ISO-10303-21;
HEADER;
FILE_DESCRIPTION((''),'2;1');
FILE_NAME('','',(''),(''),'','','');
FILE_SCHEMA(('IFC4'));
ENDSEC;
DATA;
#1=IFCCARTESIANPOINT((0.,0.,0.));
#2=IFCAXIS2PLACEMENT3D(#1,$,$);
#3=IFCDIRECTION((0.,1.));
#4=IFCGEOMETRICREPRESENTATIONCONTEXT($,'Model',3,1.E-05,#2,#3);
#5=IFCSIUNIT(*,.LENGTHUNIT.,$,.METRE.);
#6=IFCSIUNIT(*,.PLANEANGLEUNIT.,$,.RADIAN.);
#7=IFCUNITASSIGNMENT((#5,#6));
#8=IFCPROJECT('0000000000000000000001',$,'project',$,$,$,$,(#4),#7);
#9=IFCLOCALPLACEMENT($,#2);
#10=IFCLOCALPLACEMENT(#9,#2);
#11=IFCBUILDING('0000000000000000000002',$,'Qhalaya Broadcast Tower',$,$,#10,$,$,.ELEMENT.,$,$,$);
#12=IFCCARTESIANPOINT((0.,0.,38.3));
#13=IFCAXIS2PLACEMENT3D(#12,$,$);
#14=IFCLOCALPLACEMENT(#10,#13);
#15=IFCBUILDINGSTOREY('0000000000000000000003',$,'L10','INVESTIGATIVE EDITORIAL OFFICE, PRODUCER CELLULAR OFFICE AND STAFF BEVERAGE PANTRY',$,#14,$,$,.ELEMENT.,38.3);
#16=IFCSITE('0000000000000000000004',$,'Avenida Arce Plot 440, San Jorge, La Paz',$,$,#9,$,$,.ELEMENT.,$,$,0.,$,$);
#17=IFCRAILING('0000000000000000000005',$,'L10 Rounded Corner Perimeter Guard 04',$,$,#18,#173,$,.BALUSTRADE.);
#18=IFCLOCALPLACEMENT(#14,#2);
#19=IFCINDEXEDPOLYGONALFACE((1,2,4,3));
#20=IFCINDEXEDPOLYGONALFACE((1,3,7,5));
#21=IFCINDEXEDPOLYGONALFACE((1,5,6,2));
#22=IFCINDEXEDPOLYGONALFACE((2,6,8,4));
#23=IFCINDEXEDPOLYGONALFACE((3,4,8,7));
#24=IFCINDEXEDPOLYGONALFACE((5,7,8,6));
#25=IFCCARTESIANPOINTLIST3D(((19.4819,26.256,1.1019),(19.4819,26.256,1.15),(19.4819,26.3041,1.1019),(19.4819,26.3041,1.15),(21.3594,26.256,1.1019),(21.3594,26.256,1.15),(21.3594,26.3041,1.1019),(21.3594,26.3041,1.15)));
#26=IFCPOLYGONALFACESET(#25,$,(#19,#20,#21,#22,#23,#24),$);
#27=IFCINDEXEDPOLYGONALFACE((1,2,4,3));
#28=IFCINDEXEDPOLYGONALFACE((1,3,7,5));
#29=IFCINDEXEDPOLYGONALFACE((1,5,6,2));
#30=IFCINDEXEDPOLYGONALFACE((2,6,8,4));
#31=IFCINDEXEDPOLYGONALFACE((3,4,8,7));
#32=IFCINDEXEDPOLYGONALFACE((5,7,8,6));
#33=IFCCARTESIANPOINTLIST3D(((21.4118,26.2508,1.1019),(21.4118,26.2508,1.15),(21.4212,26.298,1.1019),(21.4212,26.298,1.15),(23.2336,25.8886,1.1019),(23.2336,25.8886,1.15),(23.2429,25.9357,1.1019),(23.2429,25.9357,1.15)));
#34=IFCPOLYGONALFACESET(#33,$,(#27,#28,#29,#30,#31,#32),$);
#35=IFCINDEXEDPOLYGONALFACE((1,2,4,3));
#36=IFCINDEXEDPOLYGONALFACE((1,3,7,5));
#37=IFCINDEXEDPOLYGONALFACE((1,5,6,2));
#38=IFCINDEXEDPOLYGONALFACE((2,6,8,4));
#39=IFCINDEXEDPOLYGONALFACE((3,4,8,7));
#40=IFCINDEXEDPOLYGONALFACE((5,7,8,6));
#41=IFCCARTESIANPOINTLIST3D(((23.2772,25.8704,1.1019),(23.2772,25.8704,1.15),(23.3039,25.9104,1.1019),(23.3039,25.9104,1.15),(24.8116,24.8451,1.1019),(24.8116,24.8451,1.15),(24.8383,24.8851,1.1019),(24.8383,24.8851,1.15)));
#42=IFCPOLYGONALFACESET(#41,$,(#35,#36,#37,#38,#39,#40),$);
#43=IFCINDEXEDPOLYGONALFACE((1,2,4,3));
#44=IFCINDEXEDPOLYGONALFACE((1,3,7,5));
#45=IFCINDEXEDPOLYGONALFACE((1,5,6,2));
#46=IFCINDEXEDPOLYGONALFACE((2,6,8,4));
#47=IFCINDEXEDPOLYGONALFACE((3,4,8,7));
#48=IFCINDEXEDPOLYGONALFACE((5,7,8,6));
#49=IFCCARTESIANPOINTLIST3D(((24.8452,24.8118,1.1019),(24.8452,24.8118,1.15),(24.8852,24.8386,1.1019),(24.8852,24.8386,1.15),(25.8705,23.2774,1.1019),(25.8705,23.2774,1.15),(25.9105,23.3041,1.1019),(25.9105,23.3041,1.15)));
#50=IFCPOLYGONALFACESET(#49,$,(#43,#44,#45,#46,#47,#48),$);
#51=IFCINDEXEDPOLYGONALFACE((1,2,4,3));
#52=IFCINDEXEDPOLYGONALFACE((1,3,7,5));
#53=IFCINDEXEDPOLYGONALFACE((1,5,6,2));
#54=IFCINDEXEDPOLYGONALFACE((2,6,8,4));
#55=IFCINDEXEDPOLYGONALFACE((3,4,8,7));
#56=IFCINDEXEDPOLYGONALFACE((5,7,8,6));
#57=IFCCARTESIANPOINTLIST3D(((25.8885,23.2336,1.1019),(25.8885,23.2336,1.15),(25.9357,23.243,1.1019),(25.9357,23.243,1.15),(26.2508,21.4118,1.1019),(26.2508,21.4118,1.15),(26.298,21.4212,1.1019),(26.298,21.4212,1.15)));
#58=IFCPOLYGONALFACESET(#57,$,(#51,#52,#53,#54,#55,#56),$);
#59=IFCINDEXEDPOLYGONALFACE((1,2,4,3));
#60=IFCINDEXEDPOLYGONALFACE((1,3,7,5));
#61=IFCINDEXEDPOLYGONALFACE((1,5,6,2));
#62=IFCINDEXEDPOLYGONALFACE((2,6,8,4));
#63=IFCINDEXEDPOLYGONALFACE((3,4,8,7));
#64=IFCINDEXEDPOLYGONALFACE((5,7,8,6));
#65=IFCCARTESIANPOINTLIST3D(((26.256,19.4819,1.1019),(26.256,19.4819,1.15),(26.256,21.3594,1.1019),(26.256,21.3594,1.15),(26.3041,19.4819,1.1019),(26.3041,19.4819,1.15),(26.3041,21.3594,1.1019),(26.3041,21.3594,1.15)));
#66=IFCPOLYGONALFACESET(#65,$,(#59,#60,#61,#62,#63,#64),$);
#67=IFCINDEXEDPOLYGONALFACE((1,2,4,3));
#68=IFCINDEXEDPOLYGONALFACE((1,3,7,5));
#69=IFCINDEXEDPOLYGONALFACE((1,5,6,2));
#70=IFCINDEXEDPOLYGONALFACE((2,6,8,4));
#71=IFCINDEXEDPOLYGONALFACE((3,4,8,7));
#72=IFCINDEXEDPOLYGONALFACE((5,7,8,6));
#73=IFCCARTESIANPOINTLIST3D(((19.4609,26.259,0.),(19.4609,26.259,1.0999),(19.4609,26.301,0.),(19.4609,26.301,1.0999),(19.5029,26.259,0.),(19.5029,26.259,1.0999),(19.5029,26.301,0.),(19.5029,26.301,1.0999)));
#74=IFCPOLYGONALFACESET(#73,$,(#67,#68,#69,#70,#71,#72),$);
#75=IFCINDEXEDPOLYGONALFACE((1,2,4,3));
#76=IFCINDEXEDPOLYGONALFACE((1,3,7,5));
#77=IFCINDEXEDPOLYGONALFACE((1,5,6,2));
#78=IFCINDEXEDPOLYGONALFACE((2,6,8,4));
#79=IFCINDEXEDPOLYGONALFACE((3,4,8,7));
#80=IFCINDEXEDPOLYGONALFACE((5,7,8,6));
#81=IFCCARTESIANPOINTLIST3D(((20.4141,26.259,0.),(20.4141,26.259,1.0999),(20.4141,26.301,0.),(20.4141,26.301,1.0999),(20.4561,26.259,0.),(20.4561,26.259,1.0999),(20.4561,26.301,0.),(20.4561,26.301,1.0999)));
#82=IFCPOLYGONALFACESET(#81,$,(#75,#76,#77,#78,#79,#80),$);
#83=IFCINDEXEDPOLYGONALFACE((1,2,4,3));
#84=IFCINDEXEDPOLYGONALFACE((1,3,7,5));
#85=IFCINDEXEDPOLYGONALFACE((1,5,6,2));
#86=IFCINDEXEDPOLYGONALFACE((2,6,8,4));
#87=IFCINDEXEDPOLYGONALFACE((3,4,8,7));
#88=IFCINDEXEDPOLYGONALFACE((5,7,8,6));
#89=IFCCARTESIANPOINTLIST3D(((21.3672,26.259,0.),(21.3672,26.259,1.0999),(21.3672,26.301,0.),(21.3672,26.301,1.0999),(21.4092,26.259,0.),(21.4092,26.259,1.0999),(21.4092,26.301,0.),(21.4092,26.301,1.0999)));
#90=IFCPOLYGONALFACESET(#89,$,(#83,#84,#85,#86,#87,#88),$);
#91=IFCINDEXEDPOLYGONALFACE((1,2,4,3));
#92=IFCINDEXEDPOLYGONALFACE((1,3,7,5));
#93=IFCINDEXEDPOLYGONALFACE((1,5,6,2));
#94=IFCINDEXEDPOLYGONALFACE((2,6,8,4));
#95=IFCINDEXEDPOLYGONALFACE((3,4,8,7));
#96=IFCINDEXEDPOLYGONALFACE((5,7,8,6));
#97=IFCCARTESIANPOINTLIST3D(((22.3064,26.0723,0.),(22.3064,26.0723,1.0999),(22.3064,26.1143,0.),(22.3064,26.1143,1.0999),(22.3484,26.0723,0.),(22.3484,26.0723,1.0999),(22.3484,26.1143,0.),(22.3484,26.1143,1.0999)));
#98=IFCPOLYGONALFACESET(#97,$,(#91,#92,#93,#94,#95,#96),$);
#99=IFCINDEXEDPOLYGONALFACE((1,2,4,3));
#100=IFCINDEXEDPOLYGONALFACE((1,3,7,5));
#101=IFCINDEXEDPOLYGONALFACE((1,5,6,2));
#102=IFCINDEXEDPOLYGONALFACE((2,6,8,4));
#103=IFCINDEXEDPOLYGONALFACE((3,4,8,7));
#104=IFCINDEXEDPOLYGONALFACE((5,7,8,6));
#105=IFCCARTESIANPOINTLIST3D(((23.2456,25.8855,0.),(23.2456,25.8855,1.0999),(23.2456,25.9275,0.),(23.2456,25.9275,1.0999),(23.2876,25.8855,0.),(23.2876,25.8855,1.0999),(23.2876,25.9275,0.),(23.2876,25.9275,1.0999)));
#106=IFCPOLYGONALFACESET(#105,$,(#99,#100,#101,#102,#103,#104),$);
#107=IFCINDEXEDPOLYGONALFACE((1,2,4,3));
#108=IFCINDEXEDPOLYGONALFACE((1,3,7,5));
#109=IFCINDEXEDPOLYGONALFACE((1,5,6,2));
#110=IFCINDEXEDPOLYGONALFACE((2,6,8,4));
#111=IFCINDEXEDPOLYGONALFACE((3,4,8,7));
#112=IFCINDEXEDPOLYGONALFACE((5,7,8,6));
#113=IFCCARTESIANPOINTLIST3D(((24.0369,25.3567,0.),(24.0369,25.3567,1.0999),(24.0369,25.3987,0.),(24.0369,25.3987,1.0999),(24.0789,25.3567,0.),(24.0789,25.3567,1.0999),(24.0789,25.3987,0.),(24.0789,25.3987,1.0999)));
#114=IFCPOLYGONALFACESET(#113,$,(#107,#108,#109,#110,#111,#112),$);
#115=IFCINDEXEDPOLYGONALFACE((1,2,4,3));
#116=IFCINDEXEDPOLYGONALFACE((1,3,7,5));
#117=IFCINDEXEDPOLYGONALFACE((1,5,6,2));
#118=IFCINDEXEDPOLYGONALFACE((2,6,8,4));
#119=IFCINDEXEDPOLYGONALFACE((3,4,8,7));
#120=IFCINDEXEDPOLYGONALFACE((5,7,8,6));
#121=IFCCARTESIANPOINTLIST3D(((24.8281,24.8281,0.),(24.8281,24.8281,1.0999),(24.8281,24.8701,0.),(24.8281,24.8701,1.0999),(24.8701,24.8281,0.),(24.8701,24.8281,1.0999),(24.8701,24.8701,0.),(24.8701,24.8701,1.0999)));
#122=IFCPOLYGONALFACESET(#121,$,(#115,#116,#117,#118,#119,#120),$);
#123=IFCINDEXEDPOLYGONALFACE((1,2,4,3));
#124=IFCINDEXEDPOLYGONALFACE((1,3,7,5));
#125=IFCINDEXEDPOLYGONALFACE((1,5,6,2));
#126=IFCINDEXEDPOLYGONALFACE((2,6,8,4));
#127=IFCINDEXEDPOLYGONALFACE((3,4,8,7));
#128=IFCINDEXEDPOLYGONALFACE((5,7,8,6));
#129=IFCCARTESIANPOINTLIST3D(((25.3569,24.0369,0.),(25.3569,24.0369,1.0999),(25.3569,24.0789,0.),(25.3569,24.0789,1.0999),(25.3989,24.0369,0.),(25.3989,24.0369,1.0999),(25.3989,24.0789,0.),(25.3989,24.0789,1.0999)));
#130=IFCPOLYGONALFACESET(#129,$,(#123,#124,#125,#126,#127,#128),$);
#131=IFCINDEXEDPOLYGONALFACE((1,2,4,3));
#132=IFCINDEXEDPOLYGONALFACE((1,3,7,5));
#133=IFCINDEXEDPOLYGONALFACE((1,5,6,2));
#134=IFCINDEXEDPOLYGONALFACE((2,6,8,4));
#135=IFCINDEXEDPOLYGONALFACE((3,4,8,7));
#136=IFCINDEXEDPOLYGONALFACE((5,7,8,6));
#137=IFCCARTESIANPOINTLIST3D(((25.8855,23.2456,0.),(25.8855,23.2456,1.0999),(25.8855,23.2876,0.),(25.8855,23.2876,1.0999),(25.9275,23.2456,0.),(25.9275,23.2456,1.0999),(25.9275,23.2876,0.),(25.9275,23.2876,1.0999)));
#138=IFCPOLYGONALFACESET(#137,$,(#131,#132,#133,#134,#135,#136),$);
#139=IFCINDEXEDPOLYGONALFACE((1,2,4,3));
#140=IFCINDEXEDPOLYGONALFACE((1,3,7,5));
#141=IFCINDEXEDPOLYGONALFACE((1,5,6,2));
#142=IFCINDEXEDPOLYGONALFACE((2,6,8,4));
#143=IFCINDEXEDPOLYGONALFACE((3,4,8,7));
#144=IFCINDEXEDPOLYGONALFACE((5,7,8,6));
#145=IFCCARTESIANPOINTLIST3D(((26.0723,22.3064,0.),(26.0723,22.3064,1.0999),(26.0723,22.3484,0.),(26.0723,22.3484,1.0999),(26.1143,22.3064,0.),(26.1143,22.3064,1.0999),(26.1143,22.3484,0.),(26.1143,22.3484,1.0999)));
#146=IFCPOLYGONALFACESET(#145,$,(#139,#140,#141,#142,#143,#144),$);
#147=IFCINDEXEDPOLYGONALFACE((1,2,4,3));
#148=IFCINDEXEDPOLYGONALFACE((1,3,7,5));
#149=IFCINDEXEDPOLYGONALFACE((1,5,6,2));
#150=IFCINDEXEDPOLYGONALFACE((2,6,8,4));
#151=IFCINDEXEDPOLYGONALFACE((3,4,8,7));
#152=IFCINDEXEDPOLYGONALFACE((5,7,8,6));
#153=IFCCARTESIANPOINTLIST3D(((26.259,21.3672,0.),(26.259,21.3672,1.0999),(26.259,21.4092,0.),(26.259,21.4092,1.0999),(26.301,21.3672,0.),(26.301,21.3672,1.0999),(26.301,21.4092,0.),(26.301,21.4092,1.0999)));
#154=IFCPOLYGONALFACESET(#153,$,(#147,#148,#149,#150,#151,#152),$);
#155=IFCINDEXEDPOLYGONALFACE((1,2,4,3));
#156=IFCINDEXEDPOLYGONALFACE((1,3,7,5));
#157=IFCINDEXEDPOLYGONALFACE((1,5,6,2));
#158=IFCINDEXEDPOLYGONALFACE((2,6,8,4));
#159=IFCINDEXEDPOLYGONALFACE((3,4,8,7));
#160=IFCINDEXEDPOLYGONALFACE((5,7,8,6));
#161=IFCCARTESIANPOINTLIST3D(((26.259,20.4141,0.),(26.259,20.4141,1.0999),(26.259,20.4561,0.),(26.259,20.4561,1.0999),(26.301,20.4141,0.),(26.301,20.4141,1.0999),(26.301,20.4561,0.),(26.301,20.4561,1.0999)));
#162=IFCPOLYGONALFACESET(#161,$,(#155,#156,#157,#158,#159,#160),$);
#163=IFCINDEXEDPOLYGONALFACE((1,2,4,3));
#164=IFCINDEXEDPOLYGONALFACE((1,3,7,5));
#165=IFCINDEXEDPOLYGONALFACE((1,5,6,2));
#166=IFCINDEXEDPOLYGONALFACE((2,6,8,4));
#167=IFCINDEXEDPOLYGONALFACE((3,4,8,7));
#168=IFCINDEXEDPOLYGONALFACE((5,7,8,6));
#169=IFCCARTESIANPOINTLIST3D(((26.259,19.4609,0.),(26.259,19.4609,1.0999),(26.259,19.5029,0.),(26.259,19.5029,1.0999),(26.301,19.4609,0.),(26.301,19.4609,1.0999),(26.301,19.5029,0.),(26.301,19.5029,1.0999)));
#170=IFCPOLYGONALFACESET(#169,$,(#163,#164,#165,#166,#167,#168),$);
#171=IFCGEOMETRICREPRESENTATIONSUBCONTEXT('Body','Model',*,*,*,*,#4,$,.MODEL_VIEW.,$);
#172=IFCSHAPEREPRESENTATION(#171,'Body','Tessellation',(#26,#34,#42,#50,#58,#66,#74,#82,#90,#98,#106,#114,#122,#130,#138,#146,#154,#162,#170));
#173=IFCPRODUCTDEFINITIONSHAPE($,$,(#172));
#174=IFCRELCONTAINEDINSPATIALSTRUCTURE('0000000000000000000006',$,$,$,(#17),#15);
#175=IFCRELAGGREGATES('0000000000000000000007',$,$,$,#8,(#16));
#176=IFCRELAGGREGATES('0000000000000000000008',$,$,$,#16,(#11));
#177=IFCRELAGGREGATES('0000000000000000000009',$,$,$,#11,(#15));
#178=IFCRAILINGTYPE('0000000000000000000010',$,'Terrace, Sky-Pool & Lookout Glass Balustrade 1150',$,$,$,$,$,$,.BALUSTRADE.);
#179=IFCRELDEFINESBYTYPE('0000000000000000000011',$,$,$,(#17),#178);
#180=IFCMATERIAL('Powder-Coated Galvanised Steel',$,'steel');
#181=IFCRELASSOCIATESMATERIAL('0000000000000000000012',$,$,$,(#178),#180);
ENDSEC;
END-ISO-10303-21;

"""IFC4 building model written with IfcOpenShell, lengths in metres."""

from ifc_helpers import new_model, si_unit, direction, frame, origin, origin_2d, place, context, subcontext, project, spatial, rectangle, extrude, material, type_object, element, save


model = new_model("IFC4")

# Units and contexts
model_context = context("Model", 3, precision=1e-05, world=origin(), true_north=direction((0.0, 1.0)))
body_context = subcontext(model_context, "Body", "Model", "MODEL_VIEW")
ifc_project = project(units=[si_unit("LENGTHUNIT", "METRE"), si_unit("PLANEANGLEUNIT", "RADIAN")], contexts=[model_context])

# Site, building, storey
site_placement = place(None, origin())
site = spatial("IfcSite", under=ifc_project, at=site_placement, Name="Avenida Arce Plot 440, San Jorge, La Paz", CompositionType="ELEMENT", RefElevation=0.0)
building_placement = place(site_placement, origin())
building = spatial("IfcBuilding", under=site, at=building_placement, Name="Qhalaya Broadcast Tower", CompositionType="ELEMENT")
storey_placement = place(building_placement, frame((0.0, 0.0, 38.3)))
storey = spatial("IfcBuildingStorey", under=building, at=storey_placement, Name="L10", Description="INVESTIGATIVE EDITORIAL OFFICE, PRODUCER CELLULAR OFFICE AND STAFF BEVERAGE PANTRY", CompositionType="ELEMENT", Elevation=38.3)

# Railing
ifc_material_1 = material(Name="Powder-Coated Galvanised Steel", Category="steel")
railing_type = type_object("IfcRailingType", Name="Terrace, Sky-Pool & Lookout Glass Balustrade 1150", PredefinedType="BALUSTRADE", material=ifc_material_1)
railing_placement = place(storey_placement, frame((19.4819, 26.28, 0.0)))
element("IfcRailing", 1, at=railing_placement, inside=storey, type_object=railing_type, Name="L10 Rounded Corner Perimeter Guard 04", PredefinedType="BALUSTRADE", context=body_context, shape_type="SweptSolid", body=[
    extrude(rectangle(XDim=0.0481, YDim=0.0481, at=origin_2d()), frame((0.0, 0.0, 1.126), z_axis=(1.0, 0.0, 0.0), x_axis=(0.0, 1.0, 0.0)), (0.0, 0.0, 1.0), 1.8774),
    extrude(rectangle(XDim=0.0481, YDim=0.0481, at=origin_2d()), frame((1.9346, -0.0056, 1.126), z_axis=(0.980796, -0.195037, 0.0), x_axis=(0.195037, 0.980796, 0.0)), (0.0, 0.0, 1.0), 1.8574),
    extrude(rectangle(XDim=0.0481, YDim=0.0481, at=origin_2d()), frame((3.8086, -0.3896, 1.126), z_axis=(0.831478, -0.555558, 0.0), x_axis=(0.555558, 0.831478, 0.0)), (0.0, 0.0, 1.0), 1.8455),
    extrude(rectangle(XDim=0.0481, YDim=0.0481, at=origin_2d()), frame((5.3833, -1.4548, 1.126), z_axis=(0.555558, -0.831478, 0.0), x_axis=(0.831478, 0.555558, 0.0)), (0.0, 0.0, 1.0), 1.8455),
    extrude(rectangle(XDim=0.0481, YDim=0.0481, at=origin_2d()), frame((6.4302, -3.0417, 1.126), z_axis=(0.195037, -0.980796, 0.0), x_axis=(0.980796, 0.195037, 0.0)), (0.0, 0.0, 1.0), 1.8574),
    extrude(rectangle(XDim=0.0481, YDim=0.0481, at=origin_2d()), frame((6.7981, -4.9207, 1.126), z_axis=(0.0, -1.0, 0.0), x_axis=(1.0, 0.0, 0.0)), (0.0, 0.0, 1.0), 1.8774),
    extrude(rectangle(XDim=0.042, YDim=0.042, at=origin_2d()), origin(), (0.0, 0.0, 1.0), 1.0999),
    extrude(rectangle(XDim=0.042, YDim=0.042, at=origin_2d()), frame((0.9531, 0.0, 0.0)), (0.0, 0.0, 1.0), 1.0999),
    extrude(rectangle(XDim=0.042, YDim=0.042, at=origin_2d()), frame((1.9062, 0.0, 0.0)), (0.0, 0.0, 1.0), 1.0999),
    extrude(rectangle(XDim=0.042, YDim=0.042, at=origin_2d()), frame((2.8455, -0.1868, 0.0)), (0.0, 0.0, 1.0), 1.0999),
    extrude(rectangle(XDim=0.042, YDim=0.042, at=origin_2d()), frame((3.7847, -0.3735, 0.0)), (0.0, 0.0, 1.0), 1.0999),
    extrude(rectangle(XDim=0.042, YDim=0.042, at=origin_2d()), frame((4.5759, -0.9023, 0.0)), (0.0, 0.0, 1.0), 1.0999),
    extrude(rectangle(XDim=0.042, YDim=0.042, at=origin_2d()), frame((5.3672, -1.4309, 0.0)), (0.0, 0.0, 1.0), 1.0999),
    extrude(rectangle(XDim=0.042, YDim=0.042, at=origin_2d()), frame((5.896, -2.2222, 0.0)), (0.0, 0.0, 1.0), 1.0999),
    extrude(rectangle(XDim=0.042, YDim=0.042, at=origin_2d()), frame((6.4246, -3.0134, 0.0)), (0.0, 0.0, 1.0), 1.0999),
    extrude(rectangle(XDim=0.042, YDim=0.042, at=origin_2d()), frame((6.6113, -3.9526, 0.0)), (0.0, 0.0, 1.0), 1.0999),
    extrude(rectangle(XDim=0.042, YDim=0.042, at=origin_2d()), frame((6.7981, -4.8918, 0.0)), (0.0, 0.0, 1.0), 1.0999),
    extrude(rectangle(XDim=0.042, YDim=0.042, at=origin_2d()), frame((6.7981, -5.845, 0.0)), (0.0, 0.0, 1.0), 1.0999),
    extrude(rectangle(XDim=0.042, YDim=0.042, at=origin_2d()), frame((6.7981, -6.7981, 0.0)), (0.0, 0.0, 1.0), 1.0999),
])

save(model, "model.ifc")
